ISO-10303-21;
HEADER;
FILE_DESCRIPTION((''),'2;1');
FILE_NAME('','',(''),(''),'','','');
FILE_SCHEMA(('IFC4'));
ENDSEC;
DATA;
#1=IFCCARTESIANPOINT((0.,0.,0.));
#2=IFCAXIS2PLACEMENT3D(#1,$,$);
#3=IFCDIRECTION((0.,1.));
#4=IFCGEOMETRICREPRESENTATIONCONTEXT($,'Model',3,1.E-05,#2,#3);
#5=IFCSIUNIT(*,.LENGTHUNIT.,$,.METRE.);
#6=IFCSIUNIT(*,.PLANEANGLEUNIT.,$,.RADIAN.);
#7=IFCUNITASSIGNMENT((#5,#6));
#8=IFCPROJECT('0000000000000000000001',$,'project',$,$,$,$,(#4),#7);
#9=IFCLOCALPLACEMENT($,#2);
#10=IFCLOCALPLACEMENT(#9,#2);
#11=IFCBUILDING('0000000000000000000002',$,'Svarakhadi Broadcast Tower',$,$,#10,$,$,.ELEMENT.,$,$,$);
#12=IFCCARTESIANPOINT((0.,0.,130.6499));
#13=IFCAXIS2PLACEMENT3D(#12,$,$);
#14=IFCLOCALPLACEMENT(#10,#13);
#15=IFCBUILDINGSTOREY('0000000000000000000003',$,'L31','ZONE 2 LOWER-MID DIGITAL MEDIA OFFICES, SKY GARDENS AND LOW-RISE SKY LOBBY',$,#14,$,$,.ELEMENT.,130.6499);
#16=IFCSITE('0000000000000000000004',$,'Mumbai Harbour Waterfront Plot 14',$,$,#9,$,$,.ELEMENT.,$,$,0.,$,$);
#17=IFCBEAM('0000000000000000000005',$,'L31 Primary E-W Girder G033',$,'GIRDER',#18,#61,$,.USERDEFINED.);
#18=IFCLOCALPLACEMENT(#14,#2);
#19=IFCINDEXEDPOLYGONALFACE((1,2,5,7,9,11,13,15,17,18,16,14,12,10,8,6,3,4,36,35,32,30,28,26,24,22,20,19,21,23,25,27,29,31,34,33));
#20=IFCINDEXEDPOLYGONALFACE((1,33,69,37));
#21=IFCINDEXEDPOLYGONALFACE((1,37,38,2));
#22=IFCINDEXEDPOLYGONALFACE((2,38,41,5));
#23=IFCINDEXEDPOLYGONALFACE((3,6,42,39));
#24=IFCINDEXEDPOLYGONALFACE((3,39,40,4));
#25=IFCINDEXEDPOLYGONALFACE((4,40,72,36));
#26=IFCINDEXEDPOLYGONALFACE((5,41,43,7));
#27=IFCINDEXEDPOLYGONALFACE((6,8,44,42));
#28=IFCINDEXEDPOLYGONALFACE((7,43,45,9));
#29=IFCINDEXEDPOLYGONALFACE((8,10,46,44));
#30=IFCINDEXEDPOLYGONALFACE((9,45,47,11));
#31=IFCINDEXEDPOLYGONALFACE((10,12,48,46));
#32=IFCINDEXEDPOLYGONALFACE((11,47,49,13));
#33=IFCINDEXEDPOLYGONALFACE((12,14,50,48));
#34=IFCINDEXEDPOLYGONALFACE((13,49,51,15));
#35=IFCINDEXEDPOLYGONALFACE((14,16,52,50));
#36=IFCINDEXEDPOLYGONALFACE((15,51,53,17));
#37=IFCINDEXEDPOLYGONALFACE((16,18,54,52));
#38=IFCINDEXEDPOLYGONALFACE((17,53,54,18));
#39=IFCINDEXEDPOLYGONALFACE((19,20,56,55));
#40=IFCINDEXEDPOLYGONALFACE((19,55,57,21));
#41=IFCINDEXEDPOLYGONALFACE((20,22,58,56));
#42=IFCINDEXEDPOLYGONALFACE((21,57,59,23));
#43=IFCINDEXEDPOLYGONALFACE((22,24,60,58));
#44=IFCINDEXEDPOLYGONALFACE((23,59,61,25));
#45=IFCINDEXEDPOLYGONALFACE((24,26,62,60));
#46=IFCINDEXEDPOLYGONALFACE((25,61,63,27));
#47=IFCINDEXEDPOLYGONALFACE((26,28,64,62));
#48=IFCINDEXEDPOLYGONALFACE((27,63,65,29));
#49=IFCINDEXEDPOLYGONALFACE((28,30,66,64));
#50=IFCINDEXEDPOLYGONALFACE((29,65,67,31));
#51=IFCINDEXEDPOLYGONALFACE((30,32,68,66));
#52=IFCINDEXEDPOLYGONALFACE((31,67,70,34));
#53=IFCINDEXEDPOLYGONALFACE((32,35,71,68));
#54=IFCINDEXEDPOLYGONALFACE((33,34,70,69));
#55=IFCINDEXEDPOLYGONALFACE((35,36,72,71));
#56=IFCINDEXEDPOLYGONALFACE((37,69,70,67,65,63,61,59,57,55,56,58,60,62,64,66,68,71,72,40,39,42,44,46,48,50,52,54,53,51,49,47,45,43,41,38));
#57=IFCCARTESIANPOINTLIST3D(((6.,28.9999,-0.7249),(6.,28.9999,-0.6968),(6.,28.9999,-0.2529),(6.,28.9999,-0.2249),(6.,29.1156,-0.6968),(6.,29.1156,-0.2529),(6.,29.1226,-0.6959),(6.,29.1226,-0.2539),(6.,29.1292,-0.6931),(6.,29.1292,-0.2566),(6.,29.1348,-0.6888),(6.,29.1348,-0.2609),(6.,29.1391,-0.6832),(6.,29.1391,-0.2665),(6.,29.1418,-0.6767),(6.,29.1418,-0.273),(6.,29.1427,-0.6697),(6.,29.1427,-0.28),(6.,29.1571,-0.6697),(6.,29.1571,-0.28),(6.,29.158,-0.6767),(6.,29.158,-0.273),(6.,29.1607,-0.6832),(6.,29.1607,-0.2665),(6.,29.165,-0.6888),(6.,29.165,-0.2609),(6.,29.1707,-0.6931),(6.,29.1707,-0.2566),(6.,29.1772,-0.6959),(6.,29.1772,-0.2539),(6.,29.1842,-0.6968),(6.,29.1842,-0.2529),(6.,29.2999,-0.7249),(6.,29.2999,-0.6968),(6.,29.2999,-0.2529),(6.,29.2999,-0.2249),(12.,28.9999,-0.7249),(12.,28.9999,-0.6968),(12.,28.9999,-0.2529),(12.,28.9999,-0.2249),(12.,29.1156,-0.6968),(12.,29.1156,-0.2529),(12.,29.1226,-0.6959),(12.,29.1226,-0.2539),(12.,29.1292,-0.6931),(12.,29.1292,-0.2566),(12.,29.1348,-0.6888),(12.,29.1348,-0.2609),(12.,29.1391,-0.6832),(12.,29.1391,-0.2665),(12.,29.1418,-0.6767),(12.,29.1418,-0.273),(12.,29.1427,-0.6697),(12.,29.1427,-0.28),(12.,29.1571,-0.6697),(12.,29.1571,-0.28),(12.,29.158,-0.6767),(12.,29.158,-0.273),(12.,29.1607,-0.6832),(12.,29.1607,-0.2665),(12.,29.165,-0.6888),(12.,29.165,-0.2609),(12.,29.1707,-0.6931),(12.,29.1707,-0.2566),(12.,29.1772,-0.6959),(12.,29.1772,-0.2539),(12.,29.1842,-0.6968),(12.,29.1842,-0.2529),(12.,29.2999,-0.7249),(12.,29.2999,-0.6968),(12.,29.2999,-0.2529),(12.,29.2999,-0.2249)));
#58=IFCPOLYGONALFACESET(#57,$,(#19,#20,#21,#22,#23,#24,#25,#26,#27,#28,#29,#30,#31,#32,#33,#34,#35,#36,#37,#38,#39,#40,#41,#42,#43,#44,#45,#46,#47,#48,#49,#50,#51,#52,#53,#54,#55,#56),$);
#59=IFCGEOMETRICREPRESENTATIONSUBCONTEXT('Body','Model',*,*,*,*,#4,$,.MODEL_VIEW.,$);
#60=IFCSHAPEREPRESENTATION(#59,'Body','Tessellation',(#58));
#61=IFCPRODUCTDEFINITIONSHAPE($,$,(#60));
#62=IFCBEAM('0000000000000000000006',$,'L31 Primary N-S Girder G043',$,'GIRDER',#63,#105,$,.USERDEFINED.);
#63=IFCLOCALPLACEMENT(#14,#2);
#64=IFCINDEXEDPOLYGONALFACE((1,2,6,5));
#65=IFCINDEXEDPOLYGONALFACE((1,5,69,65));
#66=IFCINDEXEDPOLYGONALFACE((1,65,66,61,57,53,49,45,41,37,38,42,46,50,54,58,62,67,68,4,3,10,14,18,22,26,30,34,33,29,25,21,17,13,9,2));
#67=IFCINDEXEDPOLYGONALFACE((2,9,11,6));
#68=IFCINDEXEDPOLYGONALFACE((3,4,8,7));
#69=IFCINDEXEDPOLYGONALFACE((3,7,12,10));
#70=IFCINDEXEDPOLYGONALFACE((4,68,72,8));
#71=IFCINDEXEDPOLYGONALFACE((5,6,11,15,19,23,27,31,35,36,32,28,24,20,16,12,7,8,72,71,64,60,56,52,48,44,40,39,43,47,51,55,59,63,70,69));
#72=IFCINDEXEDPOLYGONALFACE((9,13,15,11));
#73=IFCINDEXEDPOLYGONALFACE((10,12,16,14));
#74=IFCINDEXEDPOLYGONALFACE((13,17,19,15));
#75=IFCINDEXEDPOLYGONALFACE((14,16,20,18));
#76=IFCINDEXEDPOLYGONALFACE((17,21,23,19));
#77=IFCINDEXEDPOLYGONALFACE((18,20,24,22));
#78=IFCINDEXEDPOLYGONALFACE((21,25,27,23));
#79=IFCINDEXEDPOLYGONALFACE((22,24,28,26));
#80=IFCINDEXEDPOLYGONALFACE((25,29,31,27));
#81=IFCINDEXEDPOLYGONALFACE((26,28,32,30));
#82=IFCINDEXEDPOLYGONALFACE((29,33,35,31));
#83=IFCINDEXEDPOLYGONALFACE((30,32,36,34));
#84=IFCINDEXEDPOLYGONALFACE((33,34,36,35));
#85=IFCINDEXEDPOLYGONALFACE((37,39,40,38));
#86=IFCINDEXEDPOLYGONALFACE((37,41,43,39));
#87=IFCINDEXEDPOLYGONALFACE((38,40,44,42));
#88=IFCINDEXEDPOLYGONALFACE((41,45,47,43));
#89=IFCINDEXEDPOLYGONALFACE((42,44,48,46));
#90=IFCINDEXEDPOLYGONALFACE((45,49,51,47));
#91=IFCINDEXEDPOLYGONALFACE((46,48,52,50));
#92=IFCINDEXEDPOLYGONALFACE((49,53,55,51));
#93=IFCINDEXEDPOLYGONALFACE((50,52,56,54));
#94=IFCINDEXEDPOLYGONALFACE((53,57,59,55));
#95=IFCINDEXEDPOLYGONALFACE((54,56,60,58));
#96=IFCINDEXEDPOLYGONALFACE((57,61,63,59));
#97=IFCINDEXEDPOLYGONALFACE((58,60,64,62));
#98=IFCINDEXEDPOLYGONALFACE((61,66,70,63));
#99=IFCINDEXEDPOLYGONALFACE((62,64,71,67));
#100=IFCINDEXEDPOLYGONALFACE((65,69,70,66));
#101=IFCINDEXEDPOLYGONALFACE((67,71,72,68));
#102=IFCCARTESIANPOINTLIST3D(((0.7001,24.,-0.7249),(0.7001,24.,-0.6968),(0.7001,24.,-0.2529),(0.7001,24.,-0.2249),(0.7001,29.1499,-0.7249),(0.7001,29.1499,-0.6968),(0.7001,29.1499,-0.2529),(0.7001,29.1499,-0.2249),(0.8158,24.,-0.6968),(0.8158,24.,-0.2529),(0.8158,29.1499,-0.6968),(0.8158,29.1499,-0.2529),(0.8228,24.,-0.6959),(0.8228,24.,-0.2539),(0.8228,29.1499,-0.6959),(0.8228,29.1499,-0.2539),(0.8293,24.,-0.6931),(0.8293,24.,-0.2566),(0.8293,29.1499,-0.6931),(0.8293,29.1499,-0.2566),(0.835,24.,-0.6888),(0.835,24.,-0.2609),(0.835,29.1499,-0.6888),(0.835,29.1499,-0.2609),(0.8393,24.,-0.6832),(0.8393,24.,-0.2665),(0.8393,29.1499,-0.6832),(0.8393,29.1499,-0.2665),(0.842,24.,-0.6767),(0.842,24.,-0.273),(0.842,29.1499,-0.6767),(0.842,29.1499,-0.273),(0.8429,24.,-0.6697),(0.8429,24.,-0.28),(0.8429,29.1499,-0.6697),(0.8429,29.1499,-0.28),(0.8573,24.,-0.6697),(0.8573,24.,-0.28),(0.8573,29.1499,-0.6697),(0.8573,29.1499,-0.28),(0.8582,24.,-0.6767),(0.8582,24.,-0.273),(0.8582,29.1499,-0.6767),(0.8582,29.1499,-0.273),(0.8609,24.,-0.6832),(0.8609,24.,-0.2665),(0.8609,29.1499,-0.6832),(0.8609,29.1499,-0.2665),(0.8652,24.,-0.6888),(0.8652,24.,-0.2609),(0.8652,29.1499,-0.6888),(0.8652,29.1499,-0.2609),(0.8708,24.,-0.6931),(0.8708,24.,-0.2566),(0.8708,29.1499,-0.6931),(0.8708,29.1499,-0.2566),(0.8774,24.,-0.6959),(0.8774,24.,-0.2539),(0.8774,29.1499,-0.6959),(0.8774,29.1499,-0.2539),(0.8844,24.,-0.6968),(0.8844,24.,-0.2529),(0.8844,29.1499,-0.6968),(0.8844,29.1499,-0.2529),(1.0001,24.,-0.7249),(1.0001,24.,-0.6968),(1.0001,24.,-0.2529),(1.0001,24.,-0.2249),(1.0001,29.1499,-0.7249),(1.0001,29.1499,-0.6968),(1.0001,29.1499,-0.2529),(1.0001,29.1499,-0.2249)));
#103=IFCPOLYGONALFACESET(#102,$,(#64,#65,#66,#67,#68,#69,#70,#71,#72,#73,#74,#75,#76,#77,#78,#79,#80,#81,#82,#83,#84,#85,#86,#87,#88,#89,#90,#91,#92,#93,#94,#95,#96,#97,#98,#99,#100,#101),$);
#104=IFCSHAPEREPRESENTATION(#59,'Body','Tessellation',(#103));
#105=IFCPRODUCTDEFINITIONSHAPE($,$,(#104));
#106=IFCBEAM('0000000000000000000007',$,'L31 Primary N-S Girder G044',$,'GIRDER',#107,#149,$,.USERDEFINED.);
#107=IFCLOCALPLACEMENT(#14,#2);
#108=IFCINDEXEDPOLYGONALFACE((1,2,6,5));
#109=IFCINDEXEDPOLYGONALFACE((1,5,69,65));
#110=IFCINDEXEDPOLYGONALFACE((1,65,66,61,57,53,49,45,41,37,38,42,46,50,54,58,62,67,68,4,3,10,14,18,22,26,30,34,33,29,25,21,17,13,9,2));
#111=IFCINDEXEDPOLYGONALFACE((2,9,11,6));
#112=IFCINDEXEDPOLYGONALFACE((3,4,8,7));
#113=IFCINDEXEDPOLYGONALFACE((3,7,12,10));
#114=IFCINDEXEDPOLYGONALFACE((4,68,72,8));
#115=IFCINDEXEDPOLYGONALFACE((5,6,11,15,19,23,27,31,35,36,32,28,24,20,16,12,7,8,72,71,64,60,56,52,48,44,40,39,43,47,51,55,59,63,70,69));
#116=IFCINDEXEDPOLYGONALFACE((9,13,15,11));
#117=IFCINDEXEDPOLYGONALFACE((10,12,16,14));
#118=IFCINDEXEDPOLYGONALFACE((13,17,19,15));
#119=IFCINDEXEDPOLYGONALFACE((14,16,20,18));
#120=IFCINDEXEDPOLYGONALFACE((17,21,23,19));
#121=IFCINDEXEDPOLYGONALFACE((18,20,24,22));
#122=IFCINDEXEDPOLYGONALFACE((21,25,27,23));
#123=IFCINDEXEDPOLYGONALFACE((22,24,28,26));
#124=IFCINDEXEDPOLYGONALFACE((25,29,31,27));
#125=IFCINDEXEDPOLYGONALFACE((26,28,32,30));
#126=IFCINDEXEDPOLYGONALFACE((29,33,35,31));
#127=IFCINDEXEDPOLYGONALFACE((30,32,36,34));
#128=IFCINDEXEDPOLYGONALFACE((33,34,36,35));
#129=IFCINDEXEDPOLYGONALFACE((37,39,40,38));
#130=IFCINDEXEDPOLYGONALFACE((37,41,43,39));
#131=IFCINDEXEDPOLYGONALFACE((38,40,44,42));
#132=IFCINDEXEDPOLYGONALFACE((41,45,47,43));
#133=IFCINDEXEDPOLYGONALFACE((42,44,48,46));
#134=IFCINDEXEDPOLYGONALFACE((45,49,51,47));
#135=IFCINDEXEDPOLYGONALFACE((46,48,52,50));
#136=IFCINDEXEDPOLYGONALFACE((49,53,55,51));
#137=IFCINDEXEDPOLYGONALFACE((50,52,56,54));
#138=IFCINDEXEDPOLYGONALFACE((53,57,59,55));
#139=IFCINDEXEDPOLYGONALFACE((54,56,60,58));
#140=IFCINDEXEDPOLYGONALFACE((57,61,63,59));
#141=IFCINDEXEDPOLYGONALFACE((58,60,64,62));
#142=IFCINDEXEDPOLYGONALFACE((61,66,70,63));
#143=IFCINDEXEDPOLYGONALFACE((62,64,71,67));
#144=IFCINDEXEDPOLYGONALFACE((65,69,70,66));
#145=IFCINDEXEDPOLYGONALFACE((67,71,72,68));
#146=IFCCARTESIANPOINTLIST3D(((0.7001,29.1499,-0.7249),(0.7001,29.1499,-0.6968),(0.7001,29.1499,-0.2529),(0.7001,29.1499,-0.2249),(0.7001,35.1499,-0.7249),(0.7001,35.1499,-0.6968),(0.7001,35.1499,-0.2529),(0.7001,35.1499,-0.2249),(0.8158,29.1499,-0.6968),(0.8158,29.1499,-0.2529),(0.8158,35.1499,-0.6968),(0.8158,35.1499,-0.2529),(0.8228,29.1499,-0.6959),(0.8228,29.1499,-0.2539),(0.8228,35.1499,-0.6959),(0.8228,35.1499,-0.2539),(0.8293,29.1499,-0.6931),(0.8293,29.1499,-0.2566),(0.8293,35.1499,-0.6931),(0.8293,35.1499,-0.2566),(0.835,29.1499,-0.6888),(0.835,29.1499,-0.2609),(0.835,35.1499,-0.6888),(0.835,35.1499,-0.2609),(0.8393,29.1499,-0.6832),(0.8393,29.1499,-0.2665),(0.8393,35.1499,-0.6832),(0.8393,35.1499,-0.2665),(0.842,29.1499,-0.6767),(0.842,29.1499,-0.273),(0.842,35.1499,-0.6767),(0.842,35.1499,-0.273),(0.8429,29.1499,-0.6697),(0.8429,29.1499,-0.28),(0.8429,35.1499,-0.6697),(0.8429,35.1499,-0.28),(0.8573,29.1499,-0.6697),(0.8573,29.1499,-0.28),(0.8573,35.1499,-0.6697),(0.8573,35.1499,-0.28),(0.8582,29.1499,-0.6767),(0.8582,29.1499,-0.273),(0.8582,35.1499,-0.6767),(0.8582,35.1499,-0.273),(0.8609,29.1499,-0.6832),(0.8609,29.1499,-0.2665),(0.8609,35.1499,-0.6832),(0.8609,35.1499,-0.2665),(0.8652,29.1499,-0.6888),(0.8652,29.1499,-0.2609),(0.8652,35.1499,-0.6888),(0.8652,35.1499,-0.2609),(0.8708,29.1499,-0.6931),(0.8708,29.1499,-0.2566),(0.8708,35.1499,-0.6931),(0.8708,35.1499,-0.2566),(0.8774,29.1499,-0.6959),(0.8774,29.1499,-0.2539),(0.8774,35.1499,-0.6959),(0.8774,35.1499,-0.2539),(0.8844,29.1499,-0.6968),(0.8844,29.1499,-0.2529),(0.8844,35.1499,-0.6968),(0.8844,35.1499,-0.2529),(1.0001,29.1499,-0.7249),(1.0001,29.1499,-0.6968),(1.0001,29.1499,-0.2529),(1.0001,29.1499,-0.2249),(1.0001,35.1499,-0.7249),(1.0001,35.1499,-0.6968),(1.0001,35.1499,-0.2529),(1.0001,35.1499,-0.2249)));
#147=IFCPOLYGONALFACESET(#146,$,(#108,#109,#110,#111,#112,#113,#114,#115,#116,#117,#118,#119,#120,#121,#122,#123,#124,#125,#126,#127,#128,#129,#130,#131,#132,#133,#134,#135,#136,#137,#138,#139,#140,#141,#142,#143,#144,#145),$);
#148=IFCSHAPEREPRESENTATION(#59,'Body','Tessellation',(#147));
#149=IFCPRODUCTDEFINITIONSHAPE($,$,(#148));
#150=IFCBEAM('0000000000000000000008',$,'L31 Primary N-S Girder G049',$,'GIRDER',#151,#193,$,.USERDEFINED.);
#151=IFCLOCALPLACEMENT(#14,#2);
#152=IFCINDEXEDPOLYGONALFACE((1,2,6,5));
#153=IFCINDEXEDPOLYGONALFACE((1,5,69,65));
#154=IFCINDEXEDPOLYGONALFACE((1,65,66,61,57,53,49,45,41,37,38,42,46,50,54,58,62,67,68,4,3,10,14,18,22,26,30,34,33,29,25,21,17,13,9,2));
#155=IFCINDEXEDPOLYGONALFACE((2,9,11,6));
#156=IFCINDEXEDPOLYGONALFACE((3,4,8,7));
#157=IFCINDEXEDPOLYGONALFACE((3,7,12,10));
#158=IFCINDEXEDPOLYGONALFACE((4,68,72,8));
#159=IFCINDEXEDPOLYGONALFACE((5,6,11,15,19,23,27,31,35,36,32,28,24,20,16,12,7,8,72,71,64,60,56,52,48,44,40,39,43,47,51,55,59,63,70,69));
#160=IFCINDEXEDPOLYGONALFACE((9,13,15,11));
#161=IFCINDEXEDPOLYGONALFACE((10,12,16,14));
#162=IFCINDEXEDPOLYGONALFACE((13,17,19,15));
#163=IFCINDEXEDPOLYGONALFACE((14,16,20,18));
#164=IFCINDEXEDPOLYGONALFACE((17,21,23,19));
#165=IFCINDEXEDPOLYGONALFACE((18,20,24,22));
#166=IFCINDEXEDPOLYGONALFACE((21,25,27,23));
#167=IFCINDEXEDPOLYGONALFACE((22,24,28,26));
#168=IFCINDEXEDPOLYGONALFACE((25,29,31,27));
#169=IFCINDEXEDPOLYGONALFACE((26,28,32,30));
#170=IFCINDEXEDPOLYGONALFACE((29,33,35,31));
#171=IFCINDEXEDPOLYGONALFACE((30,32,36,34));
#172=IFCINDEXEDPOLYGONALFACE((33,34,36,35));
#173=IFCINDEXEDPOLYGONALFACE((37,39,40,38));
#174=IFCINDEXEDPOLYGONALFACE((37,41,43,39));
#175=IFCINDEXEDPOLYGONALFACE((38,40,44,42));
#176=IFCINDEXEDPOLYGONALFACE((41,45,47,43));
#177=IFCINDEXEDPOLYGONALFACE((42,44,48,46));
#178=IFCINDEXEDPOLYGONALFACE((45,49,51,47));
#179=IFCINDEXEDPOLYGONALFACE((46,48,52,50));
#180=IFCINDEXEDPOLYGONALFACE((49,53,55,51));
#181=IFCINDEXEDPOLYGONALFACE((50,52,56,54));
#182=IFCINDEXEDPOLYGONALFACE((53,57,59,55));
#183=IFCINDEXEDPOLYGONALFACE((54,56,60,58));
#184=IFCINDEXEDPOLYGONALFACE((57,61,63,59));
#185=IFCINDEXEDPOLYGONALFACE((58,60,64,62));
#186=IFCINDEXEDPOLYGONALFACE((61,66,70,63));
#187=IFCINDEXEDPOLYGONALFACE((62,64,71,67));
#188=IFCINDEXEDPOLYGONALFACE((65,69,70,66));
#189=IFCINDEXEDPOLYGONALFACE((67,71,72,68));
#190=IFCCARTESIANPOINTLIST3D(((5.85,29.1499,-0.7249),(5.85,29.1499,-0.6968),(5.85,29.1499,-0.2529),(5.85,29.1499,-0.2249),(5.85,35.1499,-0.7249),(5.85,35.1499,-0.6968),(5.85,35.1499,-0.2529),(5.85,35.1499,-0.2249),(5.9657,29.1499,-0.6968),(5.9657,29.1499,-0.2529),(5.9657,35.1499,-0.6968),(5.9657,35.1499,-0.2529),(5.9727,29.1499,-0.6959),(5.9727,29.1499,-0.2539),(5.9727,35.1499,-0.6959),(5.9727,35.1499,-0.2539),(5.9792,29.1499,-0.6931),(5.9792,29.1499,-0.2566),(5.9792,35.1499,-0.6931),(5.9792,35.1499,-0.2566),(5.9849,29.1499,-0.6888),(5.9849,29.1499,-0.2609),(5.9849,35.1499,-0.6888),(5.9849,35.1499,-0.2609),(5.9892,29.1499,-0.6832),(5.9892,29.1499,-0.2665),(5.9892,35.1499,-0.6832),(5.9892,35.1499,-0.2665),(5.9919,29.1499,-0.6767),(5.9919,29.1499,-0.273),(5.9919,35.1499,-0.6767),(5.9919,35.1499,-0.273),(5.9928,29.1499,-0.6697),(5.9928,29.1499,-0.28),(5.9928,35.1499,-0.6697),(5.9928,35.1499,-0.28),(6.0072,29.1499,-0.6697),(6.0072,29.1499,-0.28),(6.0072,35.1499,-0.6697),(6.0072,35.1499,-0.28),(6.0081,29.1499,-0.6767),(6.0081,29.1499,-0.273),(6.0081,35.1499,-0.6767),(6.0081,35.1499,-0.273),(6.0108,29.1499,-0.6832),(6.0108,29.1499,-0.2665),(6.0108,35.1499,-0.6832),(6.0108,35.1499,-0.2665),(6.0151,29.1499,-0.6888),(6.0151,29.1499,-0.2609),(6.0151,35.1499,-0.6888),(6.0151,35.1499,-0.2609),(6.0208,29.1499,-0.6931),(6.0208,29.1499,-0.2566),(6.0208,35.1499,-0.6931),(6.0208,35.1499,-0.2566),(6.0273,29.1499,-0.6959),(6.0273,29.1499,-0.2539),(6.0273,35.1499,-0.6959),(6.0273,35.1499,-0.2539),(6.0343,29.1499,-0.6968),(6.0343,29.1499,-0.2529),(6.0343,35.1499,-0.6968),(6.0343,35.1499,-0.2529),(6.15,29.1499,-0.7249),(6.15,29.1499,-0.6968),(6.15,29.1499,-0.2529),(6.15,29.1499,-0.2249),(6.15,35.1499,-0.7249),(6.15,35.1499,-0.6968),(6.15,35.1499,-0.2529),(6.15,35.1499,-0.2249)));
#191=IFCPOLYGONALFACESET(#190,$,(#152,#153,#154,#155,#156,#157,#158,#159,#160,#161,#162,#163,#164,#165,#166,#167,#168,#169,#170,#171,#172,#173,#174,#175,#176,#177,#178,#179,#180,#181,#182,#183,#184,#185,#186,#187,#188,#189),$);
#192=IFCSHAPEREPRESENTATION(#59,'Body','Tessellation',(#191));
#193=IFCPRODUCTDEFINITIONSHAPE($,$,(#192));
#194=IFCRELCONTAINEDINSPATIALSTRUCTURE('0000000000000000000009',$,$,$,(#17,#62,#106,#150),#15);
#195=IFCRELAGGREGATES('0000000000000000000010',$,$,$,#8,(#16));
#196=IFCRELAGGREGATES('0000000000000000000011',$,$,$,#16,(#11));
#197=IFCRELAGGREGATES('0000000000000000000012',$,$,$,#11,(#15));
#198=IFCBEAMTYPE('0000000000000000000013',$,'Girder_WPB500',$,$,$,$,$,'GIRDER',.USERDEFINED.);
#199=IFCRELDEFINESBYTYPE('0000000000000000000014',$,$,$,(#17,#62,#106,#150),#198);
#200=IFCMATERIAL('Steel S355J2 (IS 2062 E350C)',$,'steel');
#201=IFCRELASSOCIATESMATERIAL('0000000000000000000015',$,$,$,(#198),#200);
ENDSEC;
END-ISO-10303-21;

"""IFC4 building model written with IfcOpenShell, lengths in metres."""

from ifc_helpers import new_model, si_unit, direction, frame, origin, origin_2d, place, context, subcontext, project, spatial, i_section, extrude, material, material_profile, profile_set, type_object, element, save


model = new_model("IFC4")

# Units and contexts
model_context = context("Model", 3, precision=1e-05, world=origin(), true_north=direction((0.0, 1.0)))
body_context = subcontext(model_context, "Body", "Model", "MODEL_VIEW")
ifc_project = project(units=[si_unit("LENGTHUNIT", "METRE"), si_unit("PLANEANGLEUNIT", "RADIAN")], contexts=[model_context])

# Site, building, storey
site_placement = place(None, origin())
site = spatial("IfcSite", under=ifc_project, at=site_placement, Name="Mumbai Harbour Waterfront Plot 14", CompositionType="ELEMENT", RefElevation=0.0)
building_placement = place(site_placement, origin())
building = spatial("IfcBuilding", under=site, at=building_placement, Name="Svarakhadi Broadcast Tower", CompositionType="ELEMENT")
storey_placement = place(building_placement, frame((0.0, 0.0, 130.6499)))
storey = spatial("IfcBuildingStorey", under=building, at=storey_placement, Name="L31", Description="ZONE 2 LOWER-MID DIGITAL MEDIA OFFICES, SKY GARDENS AND LOW-RISE SKY LOBBY", CompositionType="ELEMENT", Elevation=130.6499)

# Shared definitions
ifc_material_1 = material(Name="Steel S355J2 (IS 2062 E350C)", Category="steel")

# Beams
ifc_material_profile_1 = material_profile(ifc_material_1, i_section(OverallWidth=0.3, OverallDepth=0.5, WebThickness=0.0144, FlangeThickness=0.0281, FilletRadius=0.0271, at=origin_2d()), Name="WPB 500x300x187")
ifc_profile_set_1 = profile_set([ifc_material_profile_1], Name="Steel S355J2 (IS 2062 E350C)")
beam_type_1 = type_object("IfcBeamType", Name="Girder_WPB500", ElementType="GIRDER", PredefinedType="USERDEFINED", material=ifc_profile_set_1)
beam_1_placement = place(storey_placement, frame((6.0, 29.1499, -0.4749), z_axis=(1.0, 0.0, 0.0), x_axis=(0.0, 1.0, 0.0)))
element("IfcBeam", 1, at=beam_1_placement, inside=storey, type_object=beam_type_1, Name="L31 Primary E-W Girder G033", ObjectType="GIRDER", PredefinedType="USERDEFINED", context=body_context, shape_type="SweptSolid", body=[
    extrude(i_section(OverallWidth=0.3, OverallDepth=0.5, WebThickness=0.0144, FlangeThickness=0.0281, FilletRadius=0.0271, at=origin_2d()), origin(), (0.0, 0.0, 1.0), 6.0),
])
beam_2_placement = place(storey_placement, frame((0.8501, 24.0, -0.4749), z_axis=(0.0, 1.0, 0.0), x_axis=(-1.0, 0.0, 0.0)))
element("IfcBeam", 2, at=beam_2_placement, inside=storey, type_object=beam_type_1, Name="L31 Primary N-S Girder G043", ObjectType="GIRDER", PredefinedType="USERDEFINED", context=body_context, shape_type="SweptSolid", body=[
    extrude(i_section(OverallWidth=0.3, OverallDepth=0.5, WebThickness=0.0144, FlangeThickness=0.0281, FilletRadius=0.0271, at=origin_2d()), origin(), (0.0, 0.0, 1.0), 5.1499),
])
for number, where, z_axis, x_axis, name in (
    (3, (0.8501, 29.1499, -0.4749), (0.0, 1.0, 0.0), (-1.0, 0.0, 0.0), "L31 Primary N-S Girder G044"),
    (4, (6.0, 29.1499, -0.4749), (0.0, 1.0, 0.0), (-1.0, 0.0, 0.0), "L31 Primary N-S Girder G049"),
):
    element("IfcBeam", number, at=place(storey_placement, frame(where, z_axis=z_axis, x_axis=x_axis)), inside=storey, type_object=beam_type_1, Name=name, ObjectType="GIRDER", PredefinedType="USERDEFINED", context=body_context, shape_type="SweptSolid", body=[
        extrude(i_section(OverallWidth=0.3, OverallDepth=0.5, WebThickness=0.0144, FlangeThickness=0.0281, FilletRadius=0.0271, at=origin_2d()), origin(), (0.0, 0.0, 1.0), 6.0),
    ])

save(model, "model.ifc")
